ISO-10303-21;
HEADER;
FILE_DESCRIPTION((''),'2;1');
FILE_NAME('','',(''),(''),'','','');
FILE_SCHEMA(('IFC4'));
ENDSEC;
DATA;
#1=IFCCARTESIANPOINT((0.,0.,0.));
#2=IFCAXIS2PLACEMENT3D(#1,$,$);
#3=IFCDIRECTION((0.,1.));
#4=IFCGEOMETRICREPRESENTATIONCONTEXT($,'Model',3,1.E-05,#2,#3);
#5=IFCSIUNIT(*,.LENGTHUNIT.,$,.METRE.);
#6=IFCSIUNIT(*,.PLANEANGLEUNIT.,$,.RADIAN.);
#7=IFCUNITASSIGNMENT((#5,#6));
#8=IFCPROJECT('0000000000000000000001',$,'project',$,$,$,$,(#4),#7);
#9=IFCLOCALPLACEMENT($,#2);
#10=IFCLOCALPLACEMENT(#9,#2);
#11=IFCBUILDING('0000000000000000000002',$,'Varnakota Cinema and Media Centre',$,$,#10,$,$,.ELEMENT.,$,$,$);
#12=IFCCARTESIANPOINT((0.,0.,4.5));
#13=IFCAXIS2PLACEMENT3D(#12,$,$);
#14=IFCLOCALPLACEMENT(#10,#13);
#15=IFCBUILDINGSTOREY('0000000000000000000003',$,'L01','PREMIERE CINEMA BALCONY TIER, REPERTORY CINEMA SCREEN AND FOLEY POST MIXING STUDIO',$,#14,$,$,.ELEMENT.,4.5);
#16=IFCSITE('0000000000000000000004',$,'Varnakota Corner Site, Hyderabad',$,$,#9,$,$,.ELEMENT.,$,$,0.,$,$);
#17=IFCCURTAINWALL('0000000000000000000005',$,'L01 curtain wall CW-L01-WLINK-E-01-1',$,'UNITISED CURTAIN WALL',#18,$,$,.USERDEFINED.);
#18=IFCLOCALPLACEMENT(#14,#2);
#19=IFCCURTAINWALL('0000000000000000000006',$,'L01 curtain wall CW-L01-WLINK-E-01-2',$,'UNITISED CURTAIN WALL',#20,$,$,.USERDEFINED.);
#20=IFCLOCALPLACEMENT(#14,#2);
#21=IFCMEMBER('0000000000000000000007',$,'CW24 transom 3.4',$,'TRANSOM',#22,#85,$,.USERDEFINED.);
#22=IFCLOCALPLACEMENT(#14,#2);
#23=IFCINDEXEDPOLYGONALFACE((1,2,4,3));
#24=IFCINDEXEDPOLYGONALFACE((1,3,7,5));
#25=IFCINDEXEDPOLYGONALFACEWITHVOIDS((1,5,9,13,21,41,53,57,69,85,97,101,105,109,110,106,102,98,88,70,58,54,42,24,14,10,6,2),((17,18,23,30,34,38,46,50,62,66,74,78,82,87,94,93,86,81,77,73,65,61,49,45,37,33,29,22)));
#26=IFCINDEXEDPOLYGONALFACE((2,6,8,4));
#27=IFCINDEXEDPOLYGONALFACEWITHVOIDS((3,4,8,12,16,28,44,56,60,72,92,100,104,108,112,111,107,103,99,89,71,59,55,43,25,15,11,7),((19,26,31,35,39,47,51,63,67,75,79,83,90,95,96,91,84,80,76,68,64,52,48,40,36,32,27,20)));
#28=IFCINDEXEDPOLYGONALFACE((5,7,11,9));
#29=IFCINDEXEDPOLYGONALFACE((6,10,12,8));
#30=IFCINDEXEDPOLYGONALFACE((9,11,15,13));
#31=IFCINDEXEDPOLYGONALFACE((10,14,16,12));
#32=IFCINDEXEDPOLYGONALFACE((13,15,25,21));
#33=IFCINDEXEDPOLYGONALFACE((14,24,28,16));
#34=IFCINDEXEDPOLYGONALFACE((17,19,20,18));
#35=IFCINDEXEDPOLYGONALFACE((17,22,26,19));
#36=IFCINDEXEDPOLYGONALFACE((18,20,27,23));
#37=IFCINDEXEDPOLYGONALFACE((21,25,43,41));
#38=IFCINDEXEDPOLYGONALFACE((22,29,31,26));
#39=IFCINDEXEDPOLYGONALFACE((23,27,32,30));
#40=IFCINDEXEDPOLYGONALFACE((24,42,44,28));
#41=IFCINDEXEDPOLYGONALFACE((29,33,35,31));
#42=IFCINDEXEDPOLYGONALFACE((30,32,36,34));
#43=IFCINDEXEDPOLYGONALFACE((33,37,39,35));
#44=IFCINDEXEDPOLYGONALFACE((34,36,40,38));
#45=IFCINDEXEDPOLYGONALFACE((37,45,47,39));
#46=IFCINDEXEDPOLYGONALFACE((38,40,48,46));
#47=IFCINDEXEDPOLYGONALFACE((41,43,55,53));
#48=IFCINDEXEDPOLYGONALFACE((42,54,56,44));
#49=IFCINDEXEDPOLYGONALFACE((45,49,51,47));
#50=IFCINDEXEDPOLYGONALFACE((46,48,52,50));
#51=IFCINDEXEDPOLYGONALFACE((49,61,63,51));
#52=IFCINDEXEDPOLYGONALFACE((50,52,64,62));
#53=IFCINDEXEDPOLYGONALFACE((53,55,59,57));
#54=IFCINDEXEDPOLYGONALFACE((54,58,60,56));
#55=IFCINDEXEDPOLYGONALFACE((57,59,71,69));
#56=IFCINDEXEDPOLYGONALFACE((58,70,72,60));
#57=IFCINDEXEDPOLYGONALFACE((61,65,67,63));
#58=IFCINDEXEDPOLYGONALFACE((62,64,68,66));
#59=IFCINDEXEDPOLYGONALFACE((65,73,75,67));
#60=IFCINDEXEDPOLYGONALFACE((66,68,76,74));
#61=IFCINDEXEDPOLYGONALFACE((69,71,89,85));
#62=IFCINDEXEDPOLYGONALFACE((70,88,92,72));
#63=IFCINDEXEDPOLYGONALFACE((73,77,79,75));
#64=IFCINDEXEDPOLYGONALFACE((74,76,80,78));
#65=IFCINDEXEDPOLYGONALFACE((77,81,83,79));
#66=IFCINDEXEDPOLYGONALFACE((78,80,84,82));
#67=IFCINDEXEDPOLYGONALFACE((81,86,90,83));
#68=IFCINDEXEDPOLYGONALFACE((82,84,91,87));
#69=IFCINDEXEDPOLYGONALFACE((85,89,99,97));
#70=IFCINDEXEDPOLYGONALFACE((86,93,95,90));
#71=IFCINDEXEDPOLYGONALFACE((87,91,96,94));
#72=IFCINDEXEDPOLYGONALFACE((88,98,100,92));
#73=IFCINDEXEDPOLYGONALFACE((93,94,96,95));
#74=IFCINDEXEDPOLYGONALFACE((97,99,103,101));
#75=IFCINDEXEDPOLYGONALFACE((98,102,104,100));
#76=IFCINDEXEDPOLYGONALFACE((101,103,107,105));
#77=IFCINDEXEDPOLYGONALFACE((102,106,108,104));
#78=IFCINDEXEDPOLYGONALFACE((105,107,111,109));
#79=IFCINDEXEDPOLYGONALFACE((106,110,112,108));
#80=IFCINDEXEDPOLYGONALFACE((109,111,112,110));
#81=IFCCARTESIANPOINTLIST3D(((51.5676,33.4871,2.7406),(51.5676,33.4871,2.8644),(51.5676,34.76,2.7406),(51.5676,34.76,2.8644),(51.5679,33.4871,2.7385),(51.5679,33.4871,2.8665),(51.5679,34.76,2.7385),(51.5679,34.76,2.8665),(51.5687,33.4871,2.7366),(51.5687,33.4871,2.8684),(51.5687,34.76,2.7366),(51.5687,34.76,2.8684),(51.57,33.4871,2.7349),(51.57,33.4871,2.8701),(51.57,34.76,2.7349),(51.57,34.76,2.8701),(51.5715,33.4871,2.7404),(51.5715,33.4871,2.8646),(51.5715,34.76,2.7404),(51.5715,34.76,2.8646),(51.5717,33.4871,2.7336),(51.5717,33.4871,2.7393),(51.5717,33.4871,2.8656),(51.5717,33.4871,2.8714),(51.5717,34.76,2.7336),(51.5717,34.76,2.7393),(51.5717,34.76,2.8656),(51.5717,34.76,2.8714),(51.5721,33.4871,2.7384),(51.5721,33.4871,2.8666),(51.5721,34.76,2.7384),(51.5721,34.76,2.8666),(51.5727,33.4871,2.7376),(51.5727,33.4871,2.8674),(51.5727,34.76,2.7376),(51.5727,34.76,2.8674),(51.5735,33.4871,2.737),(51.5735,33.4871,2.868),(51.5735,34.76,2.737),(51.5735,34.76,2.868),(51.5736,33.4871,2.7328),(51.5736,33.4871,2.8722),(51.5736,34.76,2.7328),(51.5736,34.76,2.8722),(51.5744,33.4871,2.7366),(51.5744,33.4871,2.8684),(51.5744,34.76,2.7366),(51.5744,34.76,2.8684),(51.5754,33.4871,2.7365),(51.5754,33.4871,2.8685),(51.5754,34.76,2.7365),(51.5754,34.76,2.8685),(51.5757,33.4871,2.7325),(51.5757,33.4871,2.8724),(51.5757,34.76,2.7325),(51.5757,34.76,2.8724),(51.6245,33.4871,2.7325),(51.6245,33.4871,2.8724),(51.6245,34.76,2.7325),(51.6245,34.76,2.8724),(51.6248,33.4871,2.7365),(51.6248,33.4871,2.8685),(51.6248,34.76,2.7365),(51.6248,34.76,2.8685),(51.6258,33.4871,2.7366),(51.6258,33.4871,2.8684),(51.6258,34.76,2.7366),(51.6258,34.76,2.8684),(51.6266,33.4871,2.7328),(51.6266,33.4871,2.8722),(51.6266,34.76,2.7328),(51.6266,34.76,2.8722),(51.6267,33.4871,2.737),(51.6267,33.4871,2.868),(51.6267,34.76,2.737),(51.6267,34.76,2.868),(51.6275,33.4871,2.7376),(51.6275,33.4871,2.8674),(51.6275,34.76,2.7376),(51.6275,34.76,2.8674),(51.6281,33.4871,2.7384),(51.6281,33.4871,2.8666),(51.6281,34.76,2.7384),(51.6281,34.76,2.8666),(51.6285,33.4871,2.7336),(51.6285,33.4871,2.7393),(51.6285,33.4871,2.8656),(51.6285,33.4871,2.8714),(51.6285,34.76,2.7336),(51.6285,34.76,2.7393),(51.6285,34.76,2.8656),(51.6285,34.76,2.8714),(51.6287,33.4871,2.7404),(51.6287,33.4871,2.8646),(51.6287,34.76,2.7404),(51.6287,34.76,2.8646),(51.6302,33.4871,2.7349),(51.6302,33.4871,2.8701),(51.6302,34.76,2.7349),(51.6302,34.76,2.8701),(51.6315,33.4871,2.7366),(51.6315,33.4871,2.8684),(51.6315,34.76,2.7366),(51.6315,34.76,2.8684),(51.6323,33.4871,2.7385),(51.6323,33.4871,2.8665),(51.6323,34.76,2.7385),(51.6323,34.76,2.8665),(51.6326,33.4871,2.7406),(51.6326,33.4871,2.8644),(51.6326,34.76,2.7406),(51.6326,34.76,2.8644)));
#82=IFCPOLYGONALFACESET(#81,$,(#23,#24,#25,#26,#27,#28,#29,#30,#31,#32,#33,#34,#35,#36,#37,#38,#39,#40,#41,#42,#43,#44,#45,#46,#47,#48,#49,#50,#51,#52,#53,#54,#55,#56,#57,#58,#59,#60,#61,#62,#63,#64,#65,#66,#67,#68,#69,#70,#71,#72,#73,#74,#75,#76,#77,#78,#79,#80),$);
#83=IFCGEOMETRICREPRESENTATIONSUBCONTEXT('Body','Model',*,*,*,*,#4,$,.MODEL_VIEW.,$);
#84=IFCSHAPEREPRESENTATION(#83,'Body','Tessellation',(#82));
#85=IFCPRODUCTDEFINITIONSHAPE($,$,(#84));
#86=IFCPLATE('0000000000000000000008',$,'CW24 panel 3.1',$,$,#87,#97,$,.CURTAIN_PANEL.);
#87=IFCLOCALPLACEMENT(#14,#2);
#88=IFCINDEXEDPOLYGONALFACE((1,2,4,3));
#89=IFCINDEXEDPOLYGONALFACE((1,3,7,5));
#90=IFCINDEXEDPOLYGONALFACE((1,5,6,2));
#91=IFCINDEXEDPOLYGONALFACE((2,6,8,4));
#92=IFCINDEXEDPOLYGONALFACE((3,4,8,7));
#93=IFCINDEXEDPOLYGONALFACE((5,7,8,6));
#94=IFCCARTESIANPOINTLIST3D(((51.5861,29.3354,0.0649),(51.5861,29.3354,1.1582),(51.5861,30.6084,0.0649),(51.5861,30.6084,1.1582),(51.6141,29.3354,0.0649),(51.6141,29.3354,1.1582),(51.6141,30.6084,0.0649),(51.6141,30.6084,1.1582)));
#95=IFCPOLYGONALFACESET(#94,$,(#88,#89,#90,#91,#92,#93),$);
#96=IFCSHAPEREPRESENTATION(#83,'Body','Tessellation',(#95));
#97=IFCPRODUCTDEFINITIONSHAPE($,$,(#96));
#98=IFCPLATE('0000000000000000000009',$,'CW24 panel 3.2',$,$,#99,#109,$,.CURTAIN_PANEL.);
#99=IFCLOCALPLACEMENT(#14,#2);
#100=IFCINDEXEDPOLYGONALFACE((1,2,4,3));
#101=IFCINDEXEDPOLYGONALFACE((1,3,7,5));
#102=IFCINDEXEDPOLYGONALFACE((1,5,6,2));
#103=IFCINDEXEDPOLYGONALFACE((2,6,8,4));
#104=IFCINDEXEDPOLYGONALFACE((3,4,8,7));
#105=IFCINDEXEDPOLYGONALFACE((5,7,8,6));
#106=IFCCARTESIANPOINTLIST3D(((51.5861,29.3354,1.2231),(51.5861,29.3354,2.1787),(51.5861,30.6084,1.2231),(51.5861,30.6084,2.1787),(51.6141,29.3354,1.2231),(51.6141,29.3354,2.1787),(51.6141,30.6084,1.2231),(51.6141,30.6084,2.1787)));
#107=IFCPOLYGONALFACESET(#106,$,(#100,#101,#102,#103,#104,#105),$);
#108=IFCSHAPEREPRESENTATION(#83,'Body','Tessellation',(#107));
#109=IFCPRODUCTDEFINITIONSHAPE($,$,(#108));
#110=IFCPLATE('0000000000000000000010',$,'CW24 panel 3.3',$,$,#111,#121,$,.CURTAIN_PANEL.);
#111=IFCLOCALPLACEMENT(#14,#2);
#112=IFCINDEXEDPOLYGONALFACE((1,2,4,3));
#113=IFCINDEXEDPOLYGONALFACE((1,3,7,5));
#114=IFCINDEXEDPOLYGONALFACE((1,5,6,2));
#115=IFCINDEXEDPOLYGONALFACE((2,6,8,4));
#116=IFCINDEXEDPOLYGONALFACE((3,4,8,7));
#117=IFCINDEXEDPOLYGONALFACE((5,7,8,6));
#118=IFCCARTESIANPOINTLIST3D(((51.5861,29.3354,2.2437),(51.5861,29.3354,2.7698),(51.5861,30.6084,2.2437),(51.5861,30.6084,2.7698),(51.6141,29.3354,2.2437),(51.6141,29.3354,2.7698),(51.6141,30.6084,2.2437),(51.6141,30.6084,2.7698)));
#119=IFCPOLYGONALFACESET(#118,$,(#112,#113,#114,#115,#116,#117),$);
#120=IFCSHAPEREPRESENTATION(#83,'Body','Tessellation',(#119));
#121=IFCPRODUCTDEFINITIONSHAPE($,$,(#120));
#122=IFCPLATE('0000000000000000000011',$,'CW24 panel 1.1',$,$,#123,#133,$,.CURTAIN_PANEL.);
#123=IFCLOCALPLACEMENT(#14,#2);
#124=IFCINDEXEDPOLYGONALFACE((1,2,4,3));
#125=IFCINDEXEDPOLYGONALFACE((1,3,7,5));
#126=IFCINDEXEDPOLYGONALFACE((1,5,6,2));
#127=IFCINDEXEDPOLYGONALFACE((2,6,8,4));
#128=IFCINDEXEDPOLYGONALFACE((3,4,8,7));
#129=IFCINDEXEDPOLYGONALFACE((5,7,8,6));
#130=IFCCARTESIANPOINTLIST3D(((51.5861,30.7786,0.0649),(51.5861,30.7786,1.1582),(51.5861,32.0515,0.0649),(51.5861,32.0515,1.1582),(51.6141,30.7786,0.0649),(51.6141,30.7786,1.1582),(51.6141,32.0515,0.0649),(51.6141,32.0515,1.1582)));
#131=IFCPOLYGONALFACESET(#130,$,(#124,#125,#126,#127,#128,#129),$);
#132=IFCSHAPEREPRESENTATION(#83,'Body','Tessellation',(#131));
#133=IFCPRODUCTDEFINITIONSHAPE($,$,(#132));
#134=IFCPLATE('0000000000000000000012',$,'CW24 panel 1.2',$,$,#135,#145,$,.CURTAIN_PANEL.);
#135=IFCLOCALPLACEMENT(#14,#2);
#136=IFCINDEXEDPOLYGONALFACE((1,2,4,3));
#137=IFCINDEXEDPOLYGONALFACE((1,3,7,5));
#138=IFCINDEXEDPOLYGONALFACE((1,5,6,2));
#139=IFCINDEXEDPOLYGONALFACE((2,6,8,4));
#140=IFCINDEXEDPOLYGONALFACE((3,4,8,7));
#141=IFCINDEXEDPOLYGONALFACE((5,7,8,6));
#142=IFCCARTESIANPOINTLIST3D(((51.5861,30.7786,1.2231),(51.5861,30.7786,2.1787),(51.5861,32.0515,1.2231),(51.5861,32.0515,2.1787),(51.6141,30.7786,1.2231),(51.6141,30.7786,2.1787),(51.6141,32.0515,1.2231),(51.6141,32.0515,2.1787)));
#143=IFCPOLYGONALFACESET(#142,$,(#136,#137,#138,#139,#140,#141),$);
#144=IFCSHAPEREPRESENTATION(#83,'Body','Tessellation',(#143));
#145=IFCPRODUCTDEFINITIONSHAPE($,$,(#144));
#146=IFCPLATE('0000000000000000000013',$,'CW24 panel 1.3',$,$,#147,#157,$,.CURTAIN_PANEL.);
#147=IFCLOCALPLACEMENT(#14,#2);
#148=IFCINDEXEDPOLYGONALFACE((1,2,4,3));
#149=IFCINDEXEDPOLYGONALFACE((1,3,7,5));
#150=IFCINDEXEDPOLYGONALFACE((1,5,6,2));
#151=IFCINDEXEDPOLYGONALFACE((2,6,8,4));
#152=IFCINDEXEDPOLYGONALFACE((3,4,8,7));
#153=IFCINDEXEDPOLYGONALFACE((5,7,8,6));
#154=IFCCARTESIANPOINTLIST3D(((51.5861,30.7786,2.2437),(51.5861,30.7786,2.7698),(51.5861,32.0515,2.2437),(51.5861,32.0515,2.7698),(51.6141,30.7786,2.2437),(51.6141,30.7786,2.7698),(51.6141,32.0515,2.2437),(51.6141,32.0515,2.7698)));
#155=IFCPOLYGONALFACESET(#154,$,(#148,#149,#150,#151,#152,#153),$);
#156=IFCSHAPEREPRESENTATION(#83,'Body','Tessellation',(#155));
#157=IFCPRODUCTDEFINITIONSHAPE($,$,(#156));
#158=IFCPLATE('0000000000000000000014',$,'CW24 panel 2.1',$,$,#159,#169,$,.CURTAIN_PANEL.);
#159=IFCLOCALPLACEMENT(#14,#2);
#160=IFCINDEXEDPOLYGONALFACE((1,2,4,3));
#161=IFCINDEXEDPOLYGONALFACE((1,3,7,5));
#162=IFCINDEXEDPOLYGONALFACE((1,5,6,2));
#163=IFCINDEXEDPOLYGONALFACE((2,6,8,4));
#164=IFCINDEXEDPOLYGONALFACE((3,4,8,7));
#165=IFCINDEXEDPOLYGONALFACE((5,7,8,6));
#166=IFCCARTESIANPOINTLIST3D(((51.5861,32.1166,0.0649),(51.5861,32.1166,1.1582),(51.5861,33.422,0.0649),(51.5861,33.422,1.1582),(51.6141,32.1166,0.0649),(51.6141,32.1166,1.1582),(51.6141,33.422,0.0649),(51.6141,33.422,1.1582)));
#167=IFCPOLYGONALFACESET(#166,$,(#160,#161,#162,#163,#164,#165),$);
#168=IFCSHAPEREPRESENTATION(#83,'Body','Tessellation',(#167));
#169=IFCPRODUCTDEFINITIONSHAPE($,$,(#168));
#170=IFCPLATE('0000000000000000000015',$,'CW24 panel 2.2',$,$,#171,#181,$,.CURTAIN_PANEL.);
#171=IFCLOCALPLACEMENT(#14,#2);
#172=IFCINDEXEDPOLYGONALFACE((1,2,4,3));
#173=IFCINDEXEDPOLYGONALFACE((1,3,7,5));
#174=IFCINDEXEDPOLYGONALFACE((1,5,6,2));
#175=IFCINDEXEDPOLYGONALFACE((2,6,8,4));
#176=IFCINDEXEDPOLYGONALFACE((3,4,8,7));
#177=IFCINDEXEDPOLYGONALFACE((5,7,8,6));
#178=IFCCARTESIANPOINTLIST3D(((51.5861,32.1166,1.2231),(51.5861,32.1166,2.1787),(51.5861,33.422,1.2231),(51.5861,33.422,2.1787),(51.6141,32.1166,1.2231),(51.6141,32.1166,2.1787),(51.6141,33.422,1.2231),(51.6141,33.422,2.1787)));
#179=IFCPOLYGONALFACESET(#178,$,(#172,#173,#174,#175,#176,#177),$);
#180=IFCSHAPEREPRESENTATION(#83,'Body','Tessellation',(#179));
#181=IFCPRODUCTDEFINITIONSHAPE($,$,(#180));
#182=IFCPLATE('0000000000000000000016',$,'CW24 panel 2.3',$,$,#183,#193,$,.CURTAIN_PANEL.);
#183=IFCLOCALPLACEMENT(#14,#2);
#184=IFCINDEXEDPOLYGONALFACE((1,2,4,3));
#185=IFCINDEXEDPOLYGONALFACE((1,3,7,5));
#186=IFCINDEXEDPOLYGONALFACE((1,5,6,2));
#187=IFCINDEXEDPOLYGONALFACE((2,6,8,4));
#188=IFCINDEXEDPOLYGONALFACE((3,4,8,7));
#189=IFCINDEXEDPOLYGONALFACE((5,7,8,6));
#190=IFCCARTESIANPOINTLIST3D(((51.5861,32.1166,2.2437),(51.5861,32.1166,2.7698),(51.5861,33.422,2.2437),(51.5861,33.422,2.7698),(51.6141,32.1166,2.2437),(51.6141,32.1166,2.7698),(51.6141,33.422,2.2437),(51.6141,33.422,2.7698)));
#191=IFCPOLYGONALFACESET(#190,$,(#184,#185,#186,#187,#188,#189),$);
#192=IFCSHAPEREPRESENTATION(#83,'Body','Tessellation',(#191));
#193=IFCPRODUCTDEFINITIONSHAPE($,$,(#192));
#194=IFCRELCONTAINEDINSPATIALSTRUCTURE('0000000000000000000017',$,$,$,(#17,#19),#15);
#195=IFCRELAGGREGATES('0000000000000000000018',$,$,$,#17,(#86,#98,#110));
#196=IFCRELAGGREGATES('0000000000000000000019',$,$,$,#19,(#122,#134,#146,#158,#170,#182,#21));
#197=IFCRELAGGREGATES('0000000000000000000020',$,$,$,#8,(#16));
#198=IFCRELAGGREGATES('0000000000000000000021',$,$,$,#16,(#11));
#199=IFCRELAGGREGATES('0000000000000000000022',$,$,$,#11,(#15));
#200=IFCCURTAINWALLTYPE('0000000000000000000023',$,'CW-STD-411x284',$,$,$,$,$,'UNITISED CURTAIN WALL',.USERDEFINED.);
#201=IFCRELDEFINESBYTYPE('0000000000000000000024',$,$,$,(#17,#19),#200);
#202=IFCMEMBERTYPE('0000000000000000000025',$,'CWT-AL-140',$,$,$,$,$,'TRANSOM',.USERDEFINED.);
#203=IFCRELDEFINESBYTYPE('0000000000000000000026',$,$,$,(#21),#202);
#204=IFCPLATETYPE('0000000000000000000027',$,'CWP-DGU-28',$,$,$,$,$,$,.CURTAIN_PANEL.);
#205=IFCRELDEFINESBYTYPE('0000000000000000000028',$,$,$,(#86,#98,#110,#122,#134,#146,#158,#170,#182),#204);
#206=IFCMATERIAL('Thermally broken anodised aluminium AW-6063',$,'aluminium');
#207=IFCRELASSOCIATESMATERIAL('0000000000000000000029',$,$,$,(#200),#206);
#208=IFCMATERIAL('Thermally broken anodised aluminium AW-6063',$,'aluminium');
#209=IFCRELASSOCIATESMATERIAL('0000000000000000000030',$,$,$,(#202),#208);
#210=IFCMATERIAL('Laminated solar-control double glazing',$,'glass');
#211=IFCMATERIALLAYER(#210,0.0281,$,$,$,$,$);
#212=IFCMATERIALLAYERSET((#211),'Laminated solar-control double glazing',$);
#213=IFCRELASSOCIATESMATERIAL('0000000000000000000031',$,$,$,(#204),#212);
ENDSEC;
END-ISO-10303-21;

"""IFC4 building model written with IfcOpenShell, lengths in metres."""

from ifc_helpers import new_model, si_unit, direction, frame, origin, origin_2d, place, context, subcontext, project, spatial, rectangle, hollow_rectangle, extrude, material, layer, layer_set, material_profile, profile_set, type_object, element, aggregate, save


model = new_model("IFC4")

# Units and contexts
model_context = context("Model", 3, precision=1e-05, world=origin(), true_north=direction((0.0, 1.0)))
body_context = subcontext(model_context, "Body", "Model", "MODEL_VIEW")
ifc_project = project(units=[si_unit("LENGTHUNIT", "METRE"), si_unit("PLANEANGLEUNIT", "RADIAN")], contexts=[model_context])

# Site, building, storey
site_placement = place(None, origin())
site = spatial("IfcSite", under=ifc_project, at=site_placement, Name="Varnakota Corner Site, Hyderabad", CompositionType="ELEMENT", RefElevation=0.0)
building_placement = place(site_placement, origin())
building = spatial("IfcBuilding", under=site, at=building_placement, Name="Varnakota Cinema and Media Centre", CompositionType="ELEMENT")
storey_placement = place(building_placement, frame((0.0, 0.0, 4.5)))
storey = spatial("IfcBuildingStorey", under=building, at=storey_placement, Name="L01", Description="PREMIERE CINEMA BALCONY TIER, REPERTORY CINEMA SCREEN AND FOLEY POST MIXING STUDIO", CompositionType="ELEMENT", Elevation=4.5)

# Curtain wall
ifc_material_1 = material(Name="Thermally broken anodised aluminium AW-6063", Category="aluminium")
curtain_wall_type = type_object("IfcCurtainWallType", Name="CW-STD-411x284", ElementType="UNITISED CURTAIN WALL", PredefinedType="USERDEFINED", material=ifc_material_1)
curtain_wall_1_placement = place(storey_placement, origin())
curtain_wall_1 = element("IfcCurtainWall", 1, at=curtain_wall_1_placement, inside=storey, type_object=curtain_wall_type, Name="L01 curtain wall CW-L01-WLINK-E-01-1", ObjectType="UNITISED CURTAIN WALL", PredefinedType="USERDEFINED")

# Curtain wall
curtain_wall_2_placement = place(storey_placement, origin())
curtain_wall_2 = element("IfcCurtainWall", 2, at=curtain_wall_2_placement, inside=storey, type_object=curtain_wall_type, Name="L01 curtain wall CW-L01-WLINK-E-01-2", ObjectType="UNITISED CURTAIN WALL", PredefinedType="USERDEFINED")

# Member
ifc_material_2 = material(Name="Thermally broken anodised aluminium AW-6063", Category="aluminium")
ifc_material_profile_1 = material_profile(ifc_material_2, hollow_rectangle(XDim=0.0649, YDim=0.1399, WallThickness=0.0039, InnerFilletRadius=0.0039, OuterFilletRadius=0.0081, at=origin_2d()), Name="AL-TRANSOM 140x65x4")
ifc_profile_set_1 = profile_set([ifc_material_profile_1], Name="Thermally broken anodised aluminium AW-6063")
member_type_1 = type_object("IfcMemberType", Name="CWT-AL-140", ElementType="TRANSOM", PredefinedType="USERDEFINED", material=ifc_profile_set_1)
member_1_placement = place(storey_placement, frame((51.6001, 33.4871, 2.8025), z_axis=(0.0, 1.0, 0.0), x_axis=(-1.0, 0.0, 0.0)))
member_1 = element("IfcMember", 3, at=member_1_placement, type_object=member_type_1, Name="CW24 transom 3.4", ObjectType="TRANSOM", PredefinedType="USERDEFINED", context=body_context, shape_type="SweptSolid", body=[
    extrude(hollow_rectangle(XDim=0.0649, YDim=0.1399, WallThickness=0.0039, InnerFilletRadius=0.0039, OuterFilletRadius=0.0081, at=origin_2d()), origin(), (0.0, 0.0, 1.0), 1.2729),
])

# Plates
ifc_material_3 = material(Name="Laminated solar-control double glazing", Category="glass")
ifc_layer = layer(ifc_material_3, 0.0281)
ifc_layer_set = layer_set([ifc_layer], Name="Laminated solar-control double glazing")
plate_type = type_object("IfcPlateType", Name="CWP-DGU-28", PredefinedType="CURTAIN_PANEL", material=ifc_layer_set)
plate_1_placement = place(storey_placement, frame((51.6001, 29.9719, 0.0649), z_axis=(0.0, 0.0, 1.0), x_axis=(0.0, 1.0, 0.0)))
plate_1 = element("IfcPlate", 4, at=plate_1_placement, type_object=plate_type, Name="CW24 panel 3.1", PredefinedType="CURTAIN_PANEL", context=body_context, shape_type="SweptSolid", body=[
    extrude(rectangle(XDim=1.2729, YDim=0.0281, at=origin_2d()), origin(), (0.0, 0.0, 1.0), 1.0933),
])
plate_2_placement = place(storey_placement, frame((51.6001, 29.9719, 1.2231), z_axis=(0.0, 0.0, 1.0), x_axis=(0.0, 1.0, 0.0)))
plate_2 = element("IfcPlate", 5, at=plate_2_placement, type_object=plate_type, Name="CW24 panel 3.2", PredefinedType="CURTAIN_PANEL", context=body_context, shape_type="SweptSolid", body=[
    extrude(rectangle(XDim=1.2729, YDim=0.0281, at=origin_2d()), origin(), (0.0, 0.0, 1.0), 0.9556),
])
plate_3_placement = place(storey_placement, frame((51.6001, 29.9719, 2.2437), z_axis=(0.0, 0.0, 1.0), x_axis=(0.0, 1.0, 0.0)))
plate_3 = element("IfcPlate", 6, at=plate_3_placement, type_object=plate_type, Name="CW24 panel 3.3", PredefinedType="CURTAIN_PANEL", context=body_context, shape_type="SweptSolid", body=[
    extrude(rectangle(XDim=1.2729, YDim=0.0281, at=origin_2d()), origin(), (0.0, 0.0, 1.0), 0.5261),
])
aggregate(curtain_wall_1, [plate_1, plate_2, plate_3])
plate_4_placement = place(storey_placement, frame((51.6001, 31.415, 0.0649), z_axis=(0.0, 0.0, 1.0), x_axis=(0.0, 1.0, 0.0)))
plate_4 = element("IfcPlate", 7, at=plate_4_placement, type_object=plate_type, Name="CW24 panel 1.1", PredefinedType="CURTAIN_PANEL", context=body_context, shape_type="SweptSolid", body=[
    extrude(rectangle(XDim=1.2729, YDim=0.0281, at=origin_2d()), origin(), (0.0, 0.0, 1.0), 1.0933),
])
plate_5_placement = place(storey_placement, frame((51.6001, 31.415, 1.2231), z_axis=(0.0, 0.0, 1.0), x_axis=(0.0, 1.0, 0.0)))
plate_5 = element("IfcPlate", 8, at=plate_5_placement, type_object=plate_type, Name="CW24 panel 1.2", PredefinedType="CURTAIN_PANEL", context=body_context, shape_type="SweptSolid", body=[
    extrude(rectangle(XDim=1.2729, YDim=0.0281, at=origin_2d()), origin(), (0.0, 0.0, 1.0), 0.9556),
])
plate_6_placement = place(storey_placement, frame((51.6001, 31.415, 2.2437), z_axis=(0.0, 0.0, 1.0), x_axis=(0.0, 1.0, 0.0)))
plate_6 = element("IfcPlate", 9, at=plate_6_placement, type_object=plate_type, Name="CW24 panel 1.3", PredefinedType="CURTAIN_PANEL", context=body_context, shape_type="SweptSolid", body=[
    extrude(rectangle(XDim=1.2729, YDim=0.0281, at=origin_2d()), origin(), (0.0, 0.0, 1.0), 0.5261),
])
plate_7_placement = place(storey_placement, frame((51.6001, 32.7693, 0.0649), z_axis=(0.0, 0.0, 1.0), x_axis=(0.0, 1.0, 0.0)))
plate_7 = element("IfcPlate", 10, at=plate_7_placement, type_object=plate_type, Name="CW24 panel 2.1", PredefinedType="CURTAIN_PANEL", context=body_context, shape_type="SweptSolid", body=[
    extrude(rectangle(XDim=1.3054, YDim=0.0281, at=origin_2d()), origin(), (0.0, 0.0, 1.0), 1.0933),
])
plate_8_placement = place(storey_placement, frame((51.6001, 32.7693, 1.2231), z_axis=(0.0, 0.0, 1.0), x_axis=(0.0, 1.0, 0.0)))
plate_8 = element("IfcPlate", 11, at=plate_8_placement, type_object=plate_type, Name="CW24 panel 2.2", PredefinedType="CURTAIN_PANEL", context=body_context, shape_type="SweptSolid", body=[
    extrude(rectangle(XDim=1.3054, YDim=0.0281, at=origin_2d()), origin(), (0.0, 0.0, 1.0), 0.9556),
])
plate_9_placement = place(storey_placement, frame((51.6001, 32.7693, 2.2437), z_axis=(0.0, 0.0, 1.0), x_axis=(0.0, 1.0, 0.0)))
plate_9 = element("IfcPlate", 12, at=plate_9_placement, type_object=plate_type, Name="CW24 panel 2.3", PredefinedType="CURTAIN_PANEL", context=body_context, shape_type="SweptSolid", body=[
    extrude(rectangle(XDim=1.3054, YDim=0.0281, at=origin_2d()), origin(), (0.0, 0.0, 1.0), 0.5261),
])
aggregate(curtain_wall_2, [plate_4, plate_5, plate_6, plate_7, plate_8, plate_9, member_1])

save(model, "model.ifc")
